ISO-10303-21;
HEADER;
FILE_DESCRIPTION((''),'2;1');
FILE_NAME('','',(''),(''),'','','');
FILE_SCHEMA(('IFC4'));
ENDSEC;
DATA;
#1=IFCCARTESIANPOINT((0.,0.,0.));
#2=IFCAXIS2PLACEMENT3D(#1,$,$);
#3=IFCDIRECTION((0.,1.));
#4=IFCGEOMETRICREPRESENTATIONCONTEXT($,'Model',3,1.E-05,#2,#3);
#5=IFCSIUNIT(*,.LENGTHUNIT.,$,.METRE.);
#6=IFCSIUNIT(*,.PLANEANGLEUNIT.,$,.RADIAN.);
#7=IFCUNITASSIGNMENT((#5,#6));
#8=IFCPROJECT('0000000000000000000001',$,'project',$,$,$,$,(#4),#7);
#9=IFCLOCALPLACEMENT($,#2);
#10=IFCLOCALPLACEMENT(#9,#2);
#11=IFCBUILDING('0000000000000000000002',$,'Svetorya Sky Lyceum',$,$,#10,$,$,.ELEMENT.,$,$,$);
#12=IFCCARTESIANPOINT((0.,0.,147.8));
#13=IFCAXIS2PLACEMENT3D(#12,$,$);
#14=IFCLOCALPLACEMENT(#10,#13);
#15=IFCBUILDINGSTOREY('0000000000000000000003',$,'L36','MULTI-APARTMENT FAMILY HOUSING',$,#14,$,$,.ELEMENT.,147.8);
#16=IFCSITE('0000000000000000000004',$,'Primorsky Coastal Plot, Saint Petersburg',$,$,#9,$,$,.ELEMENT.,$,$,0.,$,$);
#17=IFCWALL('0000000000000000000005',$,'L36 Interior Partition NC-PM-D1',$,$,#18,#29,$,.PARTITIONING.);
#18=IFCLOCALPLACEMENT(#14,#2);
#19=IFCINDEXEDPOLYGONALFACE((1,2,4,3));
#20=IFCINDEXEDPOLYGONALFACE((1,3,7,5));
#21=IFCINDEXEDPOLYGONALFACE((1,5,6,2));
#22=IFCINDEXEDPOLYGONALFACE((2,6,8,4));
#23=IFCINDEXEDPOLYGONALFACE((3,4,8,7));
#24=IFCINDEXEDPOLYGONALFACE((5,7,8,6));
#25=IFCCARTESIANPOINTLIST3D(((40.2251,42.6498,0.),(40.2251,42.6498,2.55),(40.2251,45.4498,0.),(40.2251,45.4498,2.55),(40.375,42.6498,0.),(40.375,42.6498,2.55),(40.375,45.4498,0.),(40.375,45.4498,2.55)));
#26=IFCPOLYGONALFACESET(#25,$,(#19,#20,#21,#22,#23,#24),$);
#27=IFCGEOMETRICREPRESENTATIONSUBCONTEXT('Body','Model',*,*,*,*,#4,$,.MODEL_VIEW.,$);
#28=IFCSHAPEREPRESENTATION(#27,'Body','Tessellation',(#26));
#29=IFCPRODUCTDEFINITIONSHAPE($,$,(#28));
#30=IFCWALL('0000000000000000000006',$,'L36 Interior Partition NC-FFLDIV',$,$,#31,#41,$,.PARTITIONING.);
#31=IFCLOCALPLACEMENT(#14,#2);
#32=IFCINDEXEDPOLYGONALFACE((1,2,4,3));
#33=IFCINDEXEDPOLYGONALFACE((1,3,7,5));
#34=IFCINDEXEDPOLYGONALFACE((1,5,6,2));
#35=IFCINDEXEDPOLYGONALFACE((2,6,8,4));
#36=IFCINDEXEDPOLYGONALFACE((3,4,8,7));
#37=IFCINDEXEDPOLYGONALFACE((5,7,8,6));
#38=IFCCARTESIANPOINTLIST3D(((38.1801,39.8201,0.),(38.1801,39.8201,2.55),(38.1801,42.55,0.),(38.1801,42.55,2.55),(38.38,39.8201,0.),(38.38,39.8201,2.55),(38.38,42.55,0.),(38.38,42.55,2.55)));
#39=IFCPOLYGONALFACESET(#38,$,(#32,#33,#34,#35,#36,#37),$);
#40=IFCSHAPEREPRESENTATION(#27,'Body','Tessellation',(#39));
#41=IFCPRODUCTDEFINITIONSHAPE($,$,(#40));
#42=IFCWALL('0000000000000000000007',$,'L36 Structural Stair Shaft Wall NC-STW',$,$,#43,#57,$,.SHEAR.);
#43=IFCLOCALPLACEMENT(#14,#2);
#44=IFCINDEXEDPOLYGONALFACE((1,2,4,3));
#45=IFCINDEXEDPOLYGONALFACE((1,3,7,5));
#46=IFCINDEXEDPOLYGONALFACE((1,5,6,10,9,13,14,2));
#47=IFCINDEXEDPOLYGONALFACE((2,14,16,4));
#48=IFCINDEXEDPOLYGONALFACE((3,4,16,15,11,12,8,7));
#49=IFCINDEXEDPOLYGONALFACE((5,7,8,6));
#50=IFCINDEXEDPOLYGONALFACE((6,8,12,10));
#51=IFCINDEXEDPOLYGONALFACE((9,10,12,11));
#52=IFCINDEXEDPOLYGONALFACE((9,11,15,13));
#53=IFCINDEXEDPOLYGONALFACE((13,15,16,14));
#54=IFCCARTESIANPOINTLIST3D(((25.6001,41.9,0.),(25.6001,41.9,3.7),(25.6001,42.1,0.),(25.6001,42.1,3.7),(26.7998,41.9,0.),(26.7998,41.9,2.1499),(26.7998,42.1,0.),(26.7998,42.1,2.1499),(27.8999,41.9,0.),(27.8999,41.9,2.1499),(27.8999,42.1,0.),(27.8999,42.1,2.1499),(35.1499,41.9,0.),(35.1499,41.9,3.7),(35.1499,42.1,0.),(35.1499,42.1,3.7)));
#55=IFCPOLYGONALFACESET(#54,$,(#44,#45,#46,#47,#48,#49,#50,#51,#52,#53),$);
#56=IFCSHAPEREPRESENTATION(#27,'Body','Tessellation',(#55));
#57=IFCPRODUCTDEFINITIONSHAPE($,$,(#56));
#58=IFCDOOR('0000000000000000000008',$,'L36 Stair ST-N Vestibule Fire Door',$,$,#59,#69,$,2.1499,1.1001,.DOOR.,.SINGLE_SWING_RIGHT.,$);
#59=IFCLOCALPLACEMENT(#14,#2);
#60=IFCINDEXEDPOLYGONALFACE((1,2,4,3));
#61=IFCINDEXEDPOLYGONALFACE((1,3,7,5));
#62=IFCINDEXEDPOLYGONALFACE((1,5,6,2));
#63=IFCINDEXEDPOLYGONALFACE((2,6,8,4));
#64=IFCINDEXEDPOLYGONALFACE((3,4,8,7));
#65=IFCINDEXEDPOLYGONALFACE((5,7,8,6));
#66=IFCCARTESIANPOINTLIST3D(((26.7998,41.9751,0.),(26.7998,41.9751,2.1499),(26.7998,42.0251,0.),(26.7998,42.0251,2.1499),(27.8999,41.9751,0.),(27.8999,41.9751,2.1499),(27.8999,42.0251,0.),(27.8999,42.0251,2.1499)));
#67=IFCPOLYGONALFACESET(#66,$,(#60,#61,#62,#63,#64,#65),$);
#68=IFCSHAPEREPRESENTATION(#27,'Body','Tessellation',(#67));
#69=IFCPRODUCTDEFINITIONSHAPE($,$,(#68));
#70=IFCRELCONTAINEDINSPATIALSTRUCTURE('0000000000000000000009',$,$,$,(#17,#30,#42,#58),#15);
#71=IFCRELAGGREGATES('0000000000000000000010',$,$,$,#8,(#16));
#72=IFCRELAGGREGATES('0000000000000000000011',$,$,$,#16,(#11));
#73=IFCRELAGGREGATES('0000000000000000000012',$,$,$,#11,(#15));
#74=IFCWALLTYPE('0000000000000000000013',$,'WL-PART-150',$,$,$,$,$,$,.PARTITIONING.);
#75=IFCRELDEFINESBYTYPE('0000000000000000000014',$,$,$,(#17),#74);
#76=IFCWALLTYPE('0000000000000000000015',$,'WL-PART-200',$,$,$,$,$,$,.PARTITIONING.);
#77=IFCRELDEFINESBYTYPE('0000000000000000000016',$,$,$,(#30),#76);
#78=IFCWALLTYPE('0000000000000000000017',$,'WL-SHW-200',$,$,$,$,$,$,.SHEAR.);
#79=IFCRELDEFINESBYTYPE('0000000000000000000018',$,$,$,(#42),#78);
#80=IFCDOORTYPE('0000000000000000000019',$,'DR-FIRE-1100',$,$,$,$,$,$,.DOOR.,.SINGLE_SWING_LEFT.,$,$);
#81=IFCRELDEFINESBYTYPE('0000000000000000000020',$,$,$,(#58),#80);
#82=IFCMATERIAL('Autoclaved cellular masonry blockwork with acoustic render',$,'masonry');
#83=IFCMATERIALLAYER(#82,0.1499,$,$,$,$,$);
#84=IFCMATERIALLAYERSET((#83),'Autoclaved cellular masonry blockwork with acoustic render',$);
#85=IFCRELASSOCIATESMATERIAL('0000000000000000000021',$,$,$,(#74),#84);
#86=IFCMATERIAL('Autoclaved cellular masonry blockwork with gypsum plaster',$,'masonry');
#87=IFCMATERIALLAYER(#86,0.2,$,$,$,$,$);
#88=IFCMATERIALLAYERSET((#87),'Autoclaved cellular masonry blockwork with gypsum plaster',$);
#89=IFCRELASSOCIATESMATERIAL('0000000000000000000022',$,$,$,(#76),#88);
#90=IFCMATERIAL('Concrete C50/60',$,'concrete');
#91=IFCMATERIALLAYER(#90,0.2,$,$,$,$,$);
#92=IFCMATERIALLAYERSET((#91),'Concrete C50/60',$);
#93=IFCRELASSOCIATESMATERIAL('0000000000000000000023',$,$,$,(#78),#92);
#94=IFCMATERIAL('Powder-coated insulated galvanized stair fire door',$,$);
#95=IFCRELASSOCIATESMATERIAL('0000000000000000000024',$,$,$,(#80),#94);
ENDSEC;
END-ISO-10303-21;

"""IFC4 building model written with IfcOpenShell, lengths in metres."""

from ifc_helpers import new_model, si_unit, direction, frame, frame_2d, origin, place, context, subcontext, project, spatial, rectangle, extrude, material, layer, layer_set, type_object, element, fill, save


model = new_model("IFC4")

# Units and contexts
model_context = context("Model", 3, precision=1e-05, world=origin(), true_north=direction((0.0, 1.0)))
body_context = subcontext(model_context, "Body", "Model", "MODEL_VIEW")
ifc_project = project(units=[si_unit("LENGTHUNIT", "METRE"), si_unit("PLANEANGLEUNIT", "RADIAN")], contexts=[model_context])

# Site, building, storey
site_placement = place(None, origin())
site = spatial("IfcSite", under=ifc_project, at=site_placement, Name="Primorsky Coastal Plot, Saint Petersburg", CompositionType="ELEMENT", RefElevation=0.0)
building_placement = place(site_placement, origin())
building = spatial("IfcBuilding", under=site, at=building_placement, Name="Svetorya Sky Lyceum", CompositionType="ELEMENT")
storey_placement = place(building_placement, frame((0.0, 0.0, 147.8)))
storey = spatial("IfcBuildingStorey", under=building, at=storey_placement, Name="L36", Description="MULTI-APARTMENT FAMILY HOUSING", CompositionType="ELEMENT", Elevation=147.8)

# Shared definitions
ifc_material_1 = material(Name="Concrete C50/60", Category="concrete")

# Wall
ifc_material_2 = material(Name="Autoclaved cellular masonry blockwork with acoustic render", Category="masonry")
ifc_layer_1 = layer(ifc_material_2, 0.1499)
ifc_layer_set_1 = layer_set([ifc_layer_1], Name="Autoclaved cellular masonry blockwork with acoustic render")
wall_type_1 = type_object("IfcWallType", Name="WL-PART-150", PredefinedType="PARTITIONING", material=ifc_layer_set_1)
wall_1_placement = place(storey_placement, frame((40.3, 42.6499, 0.0), z_axis=(0.0, 0.0, 1.0), x_axis=(0.0, 1.0, 0.0)))
element("IfcWall", 1, at=wall_1_placement, inside=storey, type_object=wall_type_1, Name="L36 Interior Partition NC-PM-D1", PredefinedType="PARTITIONING", context=body_context, shape_type="SweptSolid", body=[
    extrude(rectangle(XDim=2.8, YDim=0.1499, at=frame_2d((1.3999, 0.0))), origin(), (0.0, 0.0, 1.0), 2.55),
])

# Shared definitions
ifc_material_3 = material(Name="Autoclaved cellular masonry blockwork with gypsum plaster", Category="masonry")
ifc_layer_2 = layer(ifc_material_3, 0.2)
ifc_layer_set_2 = layer_set([ifc_layer_2], Name="Autoclaved cellular masonry blockwork with gypsum plaster")
wall_type_2 = type_object("IfcWallType", Name="WL-PART-200", PredefinedType="PARTITIONING", material=ifc_layer_set_2)

# Wall
wall_2_placement = place(storey_placement, frame((38.28, 39.8201, 0.0), z_axis=(0.0, 0.0, 1.0), x_axis=(0.0, 1.0, 0.0)))
element("IfcWall", 2, at=wall_2_placement, inside=storey, type_object=wall_type_2, Name="L36 Interior Partition NC-FFLDIV", PredefinedType="PARTITIONING", context=body_context, shape_type="SweptSolid", body=[
    extrude(rectangle(XDim=2.73, YDim=0.2, at=frame_2d((1.365, 0.0))), origin(), (0.0, 0.0, 1.0), 2.55),
])

# Wall, opening, door
ifc_layer_3 = layer(ifc_material_1, 0.2)
ifc_layer_set_3 = layer_set([ifc_layer_3], Name="Concrete C50/60")
wall_type_3 = type_object("IfcWallType", Name="WL-SHW-200", PredefinedType="SHEAR", material=ifc_layer_set_3)
wall_3_placement = place(storey_placement, frame((35.1499, 42.0, 0.0), z_axis=(0.0, 0.0, 1.0), x_axis=(-1.0, 0.0, 0.0)))
wall_3 = element("IfcWall", 3, at=wall_3_placement, inside=storey, type_object=wall_type_3, Name="L36 Structural Stair Shaft Wall NC-STW", PredefinedType="SHEAR", context=body_context, shape_type="SweptSolid", body=[
    extrude(rectangle(XDim=9.5498, YDim=0.2, at=frame_2d((4.7749, 0.0))), origin(), (0.0, 0.0, 1.0), 3.7),
])
opening_1_placement = place(wall_3_placement, frame((7.25, 0.0, 0.0)))
opening_1 = element("IfcOpeningElement", 4, at=opening_1_placement, cuts=wall_3, PredefinedType="OPENING", context=body_context, shape_type="SweptSolid", body=[
    extrude(rectangle(XDim=1.1001, YDim=2.1499, at=frame_2d((0.55, 1.075))), frame((0.0, 0.1099, 0.0), z_axis=(0.0, -1.0, 0.0), x_axis=(1.0, 0.0, 0.0)), (0.0, 0.0, 1.0), 0.22),
])
ifc_material_4 = material(Name="Powder-coated insulated galvanized stair fire door")
door_type_1 = type_object("IfcDoorType", Name="DR-FIRE-1100", OperationType="SINGLE_SWING_LEFT", PredefinedType="DOOR", material=ifc_material_4)
door_1_placement = place(opening_1_placement, origin())
door_1 = element("IfcDoor", 5, at=door_1_placement, inside=storey, type_object=door_type_1, Name="L36 Stair ST-N Vestibule Fire Door", OperationType="SINGLE_SWING_RIGHT", OverallHeight=2.1499, OverallWidth=1.1001, PredefinedType="DOOR", context=body_context, shape_type="SweptSolid", body=[
    extrude(rectangle(XDim=1.1001, YDim=2.1499, at=frame_2d((0.55, 1.075))), frame((0.0, 0.0249, 0.0), z_axis=(0.0, -1.0, 0.0), x_axis=(1.0, 0.0, 0.0)), (0.0, 0.0, 1.0), 0.05),
])
fill(opening_1, door_1)

save(model, "model.ifc")
